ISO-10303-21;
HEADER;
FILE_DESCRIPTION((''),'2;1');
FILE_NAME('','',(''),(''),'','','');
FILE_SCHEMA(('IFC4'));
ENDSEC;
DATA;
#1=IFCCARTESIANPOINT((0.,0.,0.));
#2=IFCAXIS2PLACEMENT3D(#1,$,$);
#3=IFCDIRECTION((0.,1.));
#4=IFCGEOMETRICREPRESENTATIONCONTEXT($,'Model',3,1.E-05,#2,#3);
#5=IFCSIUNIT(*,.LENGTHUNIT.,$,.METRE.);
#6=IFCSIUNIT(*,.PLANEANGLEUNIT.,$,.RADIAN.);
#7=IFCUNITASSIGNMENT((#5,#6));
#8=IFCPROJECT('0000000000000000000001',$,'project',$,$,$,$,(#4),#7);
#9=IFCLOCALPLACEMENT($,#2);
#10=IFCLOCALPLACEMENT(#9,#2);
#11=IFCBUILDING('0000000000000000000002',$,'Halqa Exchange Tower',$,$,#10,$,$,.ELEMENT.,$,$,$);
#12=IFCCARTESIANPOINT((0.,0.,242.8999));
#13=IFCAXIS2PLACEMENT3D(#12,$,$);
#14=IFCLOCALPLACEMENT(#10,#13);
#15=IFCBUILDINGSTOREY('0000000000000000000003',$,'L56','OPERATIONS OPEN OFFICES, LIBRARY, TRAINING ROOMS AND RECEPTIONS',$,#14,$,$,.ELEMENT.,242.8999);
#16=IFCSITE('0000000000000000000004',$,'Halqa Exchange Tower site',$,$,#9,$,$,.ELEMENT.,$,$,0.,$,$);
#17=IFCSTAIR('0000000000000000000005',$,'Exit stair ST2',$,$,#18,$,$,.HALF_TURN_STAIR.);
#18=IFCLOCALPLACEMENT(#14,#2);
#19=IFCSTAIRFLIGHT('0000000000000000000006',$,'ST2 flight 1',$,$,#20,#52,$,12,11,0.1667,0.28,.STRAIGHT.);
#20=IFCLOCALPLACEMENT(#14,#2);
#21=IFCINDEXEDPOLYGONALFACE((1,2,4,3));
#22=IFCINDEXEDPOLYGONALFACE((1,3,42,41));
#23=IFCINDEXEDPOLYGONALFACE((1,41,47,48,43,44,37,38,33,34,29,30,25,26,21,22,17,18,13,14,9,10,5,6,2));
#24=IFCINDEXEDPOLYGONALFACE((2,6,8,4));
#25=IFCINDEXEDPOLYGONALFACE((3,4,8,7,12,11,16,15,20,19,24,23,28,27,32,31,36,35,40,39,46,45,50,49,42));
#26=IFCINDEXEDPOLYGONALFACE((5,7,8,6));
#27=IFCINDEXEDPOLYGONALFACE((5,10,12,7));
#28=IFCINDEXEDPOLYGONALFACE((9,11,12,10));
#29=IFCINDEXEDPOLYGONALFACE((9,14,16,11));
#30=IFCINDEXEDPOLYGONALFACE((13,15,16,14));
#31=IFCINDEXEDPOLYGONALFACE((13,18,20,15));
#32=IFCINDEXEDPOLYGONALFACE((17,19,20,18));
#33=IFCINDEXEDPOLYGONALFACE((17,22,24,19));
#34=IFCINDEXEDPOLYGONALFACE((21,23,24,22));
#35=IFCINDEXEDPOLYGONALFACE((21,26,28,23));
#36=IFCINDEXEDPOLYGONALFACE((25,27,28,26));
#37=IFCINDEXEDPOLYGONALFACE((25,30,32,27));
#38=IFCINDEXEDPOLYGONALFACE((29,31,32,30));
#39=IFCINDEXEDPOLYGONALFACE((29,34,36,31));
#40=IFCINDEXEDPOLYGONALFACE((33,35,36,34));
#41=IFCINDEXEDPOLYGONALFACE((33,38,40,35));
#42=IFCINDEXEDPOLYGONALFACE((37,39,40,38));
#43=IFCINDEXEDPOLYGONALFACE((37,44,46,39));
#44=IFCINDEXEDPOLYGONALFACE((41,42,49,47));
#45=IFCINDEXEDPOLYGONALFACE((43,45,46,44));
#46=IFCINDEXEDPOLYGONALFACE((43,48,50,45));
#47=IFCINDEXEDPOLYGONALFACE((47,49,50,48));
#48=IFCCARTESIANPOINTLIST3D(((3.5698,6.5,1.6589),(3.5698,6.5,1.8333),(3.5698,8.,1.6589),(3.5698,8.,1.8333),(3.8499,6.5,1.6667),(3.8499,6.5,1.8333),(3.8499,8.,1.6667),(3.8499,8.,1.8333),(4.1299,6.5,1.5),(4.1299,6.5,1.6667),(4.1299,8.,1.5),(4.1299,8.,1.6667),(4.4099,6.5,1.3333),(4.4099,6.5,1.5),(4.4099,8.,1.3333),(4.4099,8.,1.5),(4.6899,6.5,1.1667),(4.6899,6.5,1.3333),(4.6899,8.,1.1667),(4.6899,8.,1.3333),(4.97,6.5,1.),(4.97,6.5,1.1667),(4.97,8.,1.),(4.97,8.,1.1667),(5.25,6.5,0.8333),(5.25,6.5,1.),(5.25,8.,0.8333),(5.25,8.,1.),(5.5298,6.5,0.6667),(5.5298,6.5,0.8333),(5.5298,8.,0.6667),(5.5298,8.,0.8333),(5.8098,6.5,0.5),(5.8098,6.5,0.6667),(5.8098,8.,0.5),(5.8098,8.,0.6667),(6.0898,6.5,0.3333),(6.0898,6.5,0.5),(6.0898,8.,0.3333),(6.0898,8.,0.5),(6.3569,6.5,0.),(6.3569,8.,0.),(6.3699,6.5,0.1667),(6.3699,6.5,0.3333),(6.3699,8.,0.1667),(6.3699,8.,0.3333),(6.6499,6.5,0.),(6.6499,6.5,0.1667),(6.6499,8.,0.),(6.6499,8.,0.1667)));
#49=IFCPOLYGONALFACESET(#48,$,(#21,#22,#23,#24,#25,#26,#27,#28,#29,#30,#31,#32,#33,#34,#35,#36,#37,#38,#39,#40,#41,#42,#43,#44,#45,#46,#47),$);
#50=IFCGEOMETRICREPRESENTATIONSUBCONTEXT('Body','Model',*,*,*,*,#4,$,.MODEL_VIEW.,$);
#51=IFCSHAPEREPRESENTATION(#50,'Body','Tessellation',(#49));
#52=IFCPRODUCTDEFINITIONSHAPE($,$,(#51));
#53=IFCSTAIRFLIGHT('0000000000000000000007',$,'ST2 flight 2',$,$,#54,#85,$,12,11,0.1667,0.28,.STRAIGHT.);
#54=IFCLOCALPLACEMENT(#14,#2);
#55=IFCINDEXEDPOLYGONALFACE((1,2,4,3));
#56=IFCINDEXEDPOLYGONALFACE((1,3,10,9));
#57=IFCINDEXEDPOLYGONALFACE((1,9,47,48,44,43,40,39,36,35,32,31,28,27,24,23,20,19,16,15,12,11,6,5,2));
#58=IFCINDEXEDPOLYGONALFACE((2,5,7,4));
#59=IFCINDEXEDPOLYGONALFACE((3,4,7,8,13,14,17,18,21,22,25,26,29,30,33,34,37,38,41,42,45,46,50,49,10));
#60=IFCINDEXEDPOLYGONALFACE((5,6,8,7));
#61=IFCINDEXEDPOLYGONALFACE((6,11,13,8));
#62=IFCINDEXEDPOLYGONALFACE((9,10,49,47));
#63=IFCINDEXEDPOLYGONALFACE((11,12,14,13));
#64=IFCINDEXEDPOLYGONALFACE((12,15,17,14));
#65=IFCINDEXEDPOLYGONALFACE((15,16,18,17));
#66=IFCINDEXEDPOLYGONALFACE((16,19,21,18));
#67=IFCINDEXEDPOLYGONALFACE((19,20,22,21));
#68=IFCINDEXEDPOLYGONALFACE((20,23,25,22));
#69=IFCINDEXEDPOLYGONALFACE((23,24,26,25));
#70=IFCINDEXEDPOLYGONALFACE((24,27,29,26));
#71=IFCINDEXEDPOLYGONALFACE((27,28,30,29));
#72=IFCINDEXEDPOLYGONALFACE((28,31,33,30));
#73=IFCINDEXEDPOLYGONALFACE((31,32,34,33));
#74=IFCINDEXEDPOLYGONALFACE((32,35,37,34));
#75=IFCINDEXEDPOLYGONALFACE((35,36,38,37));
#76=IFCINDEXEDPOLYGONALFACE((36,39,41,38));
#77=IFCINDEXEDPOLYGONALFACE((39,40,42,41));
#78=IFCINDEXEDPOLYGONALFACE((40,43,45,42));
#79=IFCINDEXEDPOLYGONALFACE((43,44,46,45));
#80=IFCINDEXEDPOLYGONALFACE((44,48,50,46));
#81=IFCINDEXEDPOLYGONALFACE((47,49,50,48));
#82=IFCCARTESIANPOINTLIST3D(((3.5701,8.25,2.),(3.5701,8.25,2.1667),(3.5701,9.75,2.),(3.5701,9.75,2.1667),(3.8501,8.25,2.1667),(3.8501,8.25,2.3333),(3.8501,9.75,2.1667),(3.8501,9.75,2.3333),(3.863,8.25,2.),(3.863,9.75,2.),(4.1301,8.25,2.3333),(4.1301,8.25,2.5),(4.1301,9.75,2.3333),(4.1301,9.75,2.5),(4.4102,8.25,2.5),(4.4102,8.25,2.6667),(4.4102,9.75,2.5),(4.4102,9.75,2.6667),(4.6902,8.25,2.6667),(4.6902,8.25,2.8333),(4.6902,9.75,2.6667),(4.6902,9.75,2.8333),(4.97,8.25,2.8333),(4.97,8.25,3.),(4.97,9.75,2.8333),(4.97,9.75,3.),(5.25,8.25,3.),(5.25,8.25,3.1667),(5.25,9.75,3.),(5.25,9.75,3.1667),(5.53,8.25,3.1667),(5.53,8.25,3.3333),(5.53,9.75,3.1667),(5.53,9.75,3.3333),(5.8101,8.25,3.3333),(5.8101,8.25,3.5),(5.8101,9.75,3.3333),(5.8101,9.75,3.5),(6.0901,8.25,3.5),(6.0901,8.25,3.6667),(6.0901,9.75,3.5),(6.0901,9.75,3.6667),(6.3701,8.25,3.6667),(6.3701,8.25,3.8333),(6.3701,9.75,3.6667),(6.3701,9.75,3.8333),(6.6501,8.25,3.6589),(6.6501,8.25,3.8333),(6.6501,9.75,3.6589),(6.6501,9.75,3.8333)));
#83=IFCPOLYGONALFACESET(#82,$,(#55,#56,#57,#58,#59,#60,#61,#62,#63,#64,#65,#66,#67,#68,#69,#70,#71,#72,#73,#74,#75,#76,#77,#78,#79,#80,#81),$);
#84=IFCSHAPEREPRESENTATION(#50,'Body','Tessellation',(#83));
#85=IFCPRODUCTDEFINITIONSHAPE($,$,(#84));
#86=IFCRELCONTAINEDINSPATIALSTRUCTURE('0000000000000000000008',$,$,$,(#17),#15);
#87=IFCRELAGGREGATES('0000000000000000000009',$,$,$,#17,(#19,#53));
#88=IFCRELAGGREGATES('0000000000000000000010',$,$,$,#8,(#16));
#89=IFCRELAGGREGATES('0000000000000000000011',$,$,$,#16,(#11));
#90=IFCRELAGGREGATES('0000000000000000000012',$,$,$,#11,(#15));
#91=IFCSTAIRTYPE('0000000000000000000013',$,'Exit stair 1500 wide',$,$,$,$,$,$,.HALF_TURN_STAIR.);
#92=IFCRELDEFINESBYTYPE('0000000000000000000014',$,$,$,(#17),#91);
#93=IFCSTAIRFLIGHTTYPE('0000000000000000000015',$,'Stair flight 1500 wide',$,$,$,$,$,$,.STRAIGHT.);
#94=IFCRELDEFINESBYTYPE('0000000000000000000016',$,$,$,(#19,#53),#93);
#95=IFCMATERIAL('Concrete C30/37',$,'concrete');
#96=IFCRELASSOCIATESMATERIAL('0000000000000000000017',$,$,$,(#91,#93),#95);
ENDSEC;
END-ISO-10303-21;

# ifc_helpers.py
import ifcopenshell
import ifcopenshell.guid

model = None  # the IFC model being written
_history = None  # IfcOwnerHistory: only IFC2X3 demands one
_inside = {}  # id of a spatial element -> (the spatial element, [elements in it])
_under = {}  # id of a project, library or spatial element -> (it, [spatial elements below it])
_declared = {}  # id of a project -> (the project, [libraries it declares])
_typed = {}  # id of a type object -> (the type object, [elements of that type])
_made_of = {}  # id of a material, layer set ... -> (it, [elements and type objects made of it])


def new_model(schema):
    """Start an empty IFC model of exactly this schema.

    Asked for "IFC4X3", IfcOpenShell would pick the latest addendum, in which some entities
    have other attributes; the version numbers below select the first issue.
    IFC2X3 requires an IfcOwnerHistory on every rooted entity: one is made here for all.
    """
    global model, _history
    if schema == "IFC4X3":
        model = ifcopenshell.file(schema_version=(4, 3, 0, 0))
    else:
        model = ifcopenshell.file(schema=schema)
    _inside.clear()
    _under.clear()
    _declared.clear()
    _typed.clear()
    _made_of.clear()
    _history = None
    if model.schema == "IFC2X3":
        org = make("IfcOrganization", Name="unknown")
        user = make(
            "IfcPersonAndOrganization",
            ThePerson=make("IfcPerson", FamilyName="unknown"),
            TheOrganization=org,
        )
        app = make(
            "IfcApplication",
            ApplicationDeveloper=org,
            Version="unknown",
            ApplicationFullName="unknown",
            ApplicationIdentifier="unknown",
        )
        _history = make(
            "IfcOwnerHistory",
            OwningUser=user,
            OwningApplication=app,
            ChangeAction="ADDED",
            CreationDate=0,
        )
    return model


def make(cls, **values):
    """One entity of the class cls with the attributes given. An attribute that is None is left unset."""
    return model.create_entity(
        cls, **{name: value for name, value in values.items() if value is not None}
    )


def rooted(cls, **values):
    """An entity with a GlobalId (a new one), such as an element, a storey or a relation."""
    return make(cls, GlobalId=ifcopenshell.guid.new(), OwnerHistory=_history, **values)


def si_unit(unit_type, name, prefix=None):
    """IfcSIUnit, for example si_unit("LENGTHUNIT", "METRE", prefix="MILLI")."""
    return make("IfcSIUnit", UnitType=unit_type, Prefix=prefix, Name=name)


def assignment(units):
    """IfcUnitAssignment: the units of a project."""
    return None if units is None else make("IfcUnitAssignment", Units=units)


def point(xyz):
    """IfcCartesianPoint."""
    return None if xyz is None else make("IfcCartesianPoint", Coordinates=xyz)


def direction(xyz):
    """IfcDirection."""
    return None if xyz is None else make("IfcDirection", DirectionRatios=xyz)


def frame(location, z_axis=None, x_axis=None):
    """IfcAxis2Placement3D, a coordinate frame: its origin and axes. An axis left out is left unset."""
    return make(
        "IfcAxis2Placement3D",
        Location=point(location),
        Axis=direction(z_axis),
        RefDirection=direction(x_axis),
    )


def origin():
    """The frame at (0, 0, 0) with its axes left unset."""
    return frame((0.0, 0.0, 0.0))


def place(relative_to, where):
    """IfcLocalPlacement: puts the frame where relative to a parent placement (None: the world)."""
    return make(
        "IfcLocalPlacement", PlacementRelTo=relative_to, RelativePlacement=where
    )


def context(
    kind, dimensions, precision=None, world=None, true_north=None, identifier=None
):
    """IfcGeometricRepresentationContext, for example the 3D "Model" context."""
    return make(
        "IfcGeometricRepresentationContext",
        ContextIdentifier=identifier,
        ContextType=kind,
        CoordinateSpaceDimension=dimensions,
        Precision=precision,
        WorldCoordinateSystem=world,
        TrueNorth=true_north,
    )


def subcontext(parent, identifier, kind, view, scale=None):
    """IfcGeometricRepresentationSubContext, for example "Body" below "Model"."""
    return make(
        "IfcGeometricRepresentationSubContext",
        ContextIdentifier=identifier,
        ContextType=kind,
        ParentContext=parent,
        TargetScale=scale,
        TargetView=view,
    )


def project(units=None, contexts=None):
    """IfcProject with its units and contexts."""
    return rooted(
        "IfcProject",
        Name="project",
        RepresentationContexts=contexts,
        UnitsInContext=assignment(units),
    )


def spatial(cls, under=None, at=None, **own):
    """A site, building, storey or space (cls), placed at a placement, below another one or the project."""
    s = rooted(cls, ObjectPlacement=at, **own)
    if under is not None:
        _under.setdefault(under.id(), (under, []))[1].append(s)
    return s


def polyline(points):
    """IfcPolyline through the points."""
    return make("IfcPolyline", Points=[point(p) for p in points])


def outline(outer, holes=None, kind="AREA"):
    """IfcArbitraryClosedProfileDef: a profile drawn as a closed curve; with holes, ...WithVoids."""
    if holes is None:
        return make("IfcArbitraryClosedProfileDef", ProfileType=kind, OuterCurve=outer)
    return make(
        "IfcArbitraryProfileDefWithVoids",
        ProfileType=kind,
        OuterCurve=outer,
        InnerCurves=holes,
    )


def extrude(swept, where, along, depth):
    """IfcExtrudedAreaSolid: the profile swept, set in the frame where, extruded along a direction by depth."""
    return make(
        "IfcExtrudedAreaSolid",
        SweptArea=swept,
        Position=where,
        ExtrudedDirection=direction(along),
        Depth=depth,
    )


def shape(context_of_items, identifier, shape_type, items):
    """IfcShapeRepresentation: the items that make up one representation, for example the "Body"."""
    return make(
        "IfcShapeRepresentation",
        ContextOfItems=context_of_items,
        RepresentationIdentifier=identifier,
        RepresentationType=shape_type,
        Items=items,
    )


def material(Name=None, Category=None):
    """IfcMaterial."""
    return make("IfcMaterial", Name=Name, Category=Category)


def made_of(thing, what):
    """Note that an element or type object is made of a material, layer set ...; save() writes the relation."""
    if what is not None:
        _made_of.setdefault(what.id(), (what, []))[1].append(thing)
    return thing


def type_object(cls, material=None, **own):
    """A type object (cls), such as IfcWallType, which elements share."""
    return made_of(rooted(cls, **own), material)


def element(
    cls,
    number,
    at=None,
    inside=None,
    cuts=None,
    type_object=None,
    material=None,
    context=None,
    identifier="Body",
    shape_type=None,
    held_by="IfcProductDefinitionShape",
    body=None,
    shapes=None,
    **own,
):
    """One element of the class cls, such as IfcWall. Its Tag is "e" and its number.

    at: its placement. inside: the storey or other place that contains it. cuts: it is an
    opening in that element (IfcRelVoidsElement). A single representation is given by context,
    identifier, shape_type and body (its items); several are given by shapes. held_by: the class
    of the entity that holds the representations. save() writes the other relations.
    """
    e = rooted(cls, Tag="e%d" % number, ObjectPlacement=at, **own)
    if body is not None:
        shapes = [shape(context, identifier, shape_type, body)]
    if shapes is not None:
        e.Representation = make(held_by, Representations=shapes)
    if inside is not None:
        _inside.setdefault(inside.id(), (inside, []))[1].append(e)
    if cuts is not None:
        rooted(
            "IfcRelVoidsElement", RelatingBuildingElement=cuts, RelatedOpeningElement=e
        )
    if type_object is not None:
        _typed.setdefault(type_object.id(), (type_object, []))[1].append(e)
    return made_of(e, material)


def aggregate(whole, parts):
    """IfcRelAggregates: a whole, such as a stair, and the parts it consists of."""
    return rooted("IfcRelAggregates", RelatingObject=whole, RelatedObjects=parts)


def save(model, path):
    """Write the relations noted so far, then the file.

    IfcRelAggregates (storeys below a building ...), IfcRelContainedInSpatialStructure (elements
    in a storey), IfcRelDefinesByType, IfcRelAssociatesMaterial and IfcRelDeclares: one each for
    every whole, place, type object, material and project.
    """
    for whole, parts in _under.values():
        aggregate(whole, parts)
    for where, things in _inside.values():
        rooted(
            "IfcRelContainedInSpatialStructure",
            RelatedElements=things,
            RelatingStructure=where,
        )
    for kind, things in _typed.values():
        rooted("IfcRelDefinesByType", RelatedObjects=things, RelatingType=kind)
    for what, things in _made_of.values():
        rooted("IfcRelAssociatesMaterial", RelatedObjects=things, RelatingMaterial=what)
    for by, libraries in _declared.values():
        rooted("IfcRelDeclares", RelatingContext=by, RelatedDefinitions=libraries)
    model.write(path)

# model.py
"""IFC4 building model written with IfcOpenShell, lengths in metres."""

from ifc_helpers import new_model, si_unit, direction, frame, origin, place, context, subcontext, project, spatial, polyline, outline, extrude, material, type_object, element, aggregate, save


model = new_model("IFC4")

# Units and contexts
model_context = context("Model", 3, precision=1e-05, world=origin(), true_north=direction((0.0, 1.0)))
body_context = subcontext(model_context, "Body", "Model", "MODEL_VIEW")
ifc_project = project(units=[si_unit("LENGTHUNIT", "METRE"), si_unit("PLANEANGLEUNIT", "RADIAN")], contexts=[model_context])

# Site, building, storey
site_placement = place(None, origin())
site = spatial("IfcSite", under=ifc_project, at=site_placement, Name="Halqa Exchange Tower site", CompositionType="ELEMENT", RefElevation=0.0)
building_placement = place(site_placement, origin())
building = spatial("IfcBuilding", under=site, at=building_placement, Name="Halqa Exchange Tower", CompositionType="ELEMENT")
storey_placement = place(building_placement, frame((0.0, 0.0, 242.8999)))
storey = spatial("IfcBuildingStorey", under=building, at=storey_placement, Name="L56", Description="OPERATIONS OPEN OFFICES, LIBRARY, TRAINING ROOMS AND RECEPTIONS", CompositionType="ELEMENT", Elevation=242.8999)

# Stair
ifc_material_1 = material(Name="Concrete C30/37", Category="concrete")
stair_type = type_object("IfcStairType", Name="Exit stair 1500 wide", PredefinedType="HALF_TURN_STAIR", material=ifc_material_1)
stair_1_placement = place(storey_placement, origin())
stair_1 = element("IfcStair", 1, at=stair_1_placement, inside=storey, type_object=stair_type, Name="Exit stair ST2", PredefinedType="HALF_TURN_STAIR")

# Stair flights
stair_flight_type = type_object("IfcStairFlightType", Name="Stair flight 1500 wide", PredefinedType="STRAIGHT", material=ifc_material_1)
stair_flight_1_placement = place(storey_placement, frame((6.6499, 7.25, 0.0), z_axis=(0.0, 0.0, 1.0), x_axis=(-1.0, 0.0, 0.0)))
stair_flight_1 = element("IfcStairFlight", 2, at=stair_flight_1_placement, type_object=stair_flight_type, Name="ST2 flight 1", NumberOfRisers=12, NumberOfTreads=11, PredefinedType="STRAIGHT", RiserHeight=0.1667, TreadLength=0.28, context=body_context, shape_type="SweptSolid", body=[
    extrude(outline(polyline([(0.0, 0.0), (0.0, 0.1667), (0.28, 0.1667), (0.28, 0.3333), (0.5601, 0.3333), (0.5601, 0.5), (0.8401, 0.5), (0.8401, 0.6667), (1.1201, 0.6667), (1.1201, 0.8333), (1.3999, 0.8333), (1.3999, 1.0), (1.6799, 1.0), (1.6799, 1.1667), (1.96, 1.1667), (1.96, 1.3333), (2.24, 1.3333), (2.24, 1.5), (2.52, 1.5), (2.52, 1.6667), (2.8, 1.6667), (2.8, 1.8333), (3.0801, 1.8333), (3.0801, 2.0), (3.0801, 1.6589), (0.293, 0.0), (0.0, 0.0)])), frame((0.0, 0.75, 0.0), z_axis=(0.0, -1.0, 0.0), x_axis=(1.0, 0.0, 0.0)), (0.0, 0.0, 1.0), 1.5),
])
stair_flight_2_placement = place(storey_placement, frame((3.5701, 9.0, 2.0), z_axis=(0.0, 0.0, 1.0), x_axis=(1.0, 0.0, 0.0)))
stair_flight_2 = element("IfcStairFlight", 3, at=stair_flight_2_placement, type_object=stair_flight_type, Name="ST2 flight 2", NumberOfRisers=12, NumberOfTreads=11, PredefinedType="STRAIGHT", RiserHeight=0.1667, TreadLength=0.28, context=body_context, shape_type="SweptSolid", body=[
    extrude(outline(polyline([(0.0, 0.0), (0.0, 0.1667), (0.28, 0.1667), (0.28, 0.3333), (0.5601, 0.3333), (0.5601, 0.5), (0.8401, 0.5), (0.8401, 0.6667), (1.1201, 0.6667), (1.1201, 0.8333), (1.3999, 0.8333), (1.3999, 1.0), (1.6799, 1.0), (1.6799, 1.1667), (1.96, 1.1667), (1.96, 1.3333), (2.24, 1.3333), (2.24, 1.5), (2.52, 1.5), (2.52, 1.6667), (2.8, 1.6667), (2.8, 1.8333), (3.0801, 1.8333), (3.0801, 2.0), (3.0801, 1.6589), (0.293, 0.0), (0.0, 0.0)])), frame((0.0, 0.75, 0.0), z_axis=(0.0, -1.0, 0.0), x_axis=(1.0, 0.0, 0.0)), (0.0, 0.0, 1.0), 1.5),
])
aggregate(stair_1, [stair_flight_1, stair_flight_2])

save(model, "model.ifc")
